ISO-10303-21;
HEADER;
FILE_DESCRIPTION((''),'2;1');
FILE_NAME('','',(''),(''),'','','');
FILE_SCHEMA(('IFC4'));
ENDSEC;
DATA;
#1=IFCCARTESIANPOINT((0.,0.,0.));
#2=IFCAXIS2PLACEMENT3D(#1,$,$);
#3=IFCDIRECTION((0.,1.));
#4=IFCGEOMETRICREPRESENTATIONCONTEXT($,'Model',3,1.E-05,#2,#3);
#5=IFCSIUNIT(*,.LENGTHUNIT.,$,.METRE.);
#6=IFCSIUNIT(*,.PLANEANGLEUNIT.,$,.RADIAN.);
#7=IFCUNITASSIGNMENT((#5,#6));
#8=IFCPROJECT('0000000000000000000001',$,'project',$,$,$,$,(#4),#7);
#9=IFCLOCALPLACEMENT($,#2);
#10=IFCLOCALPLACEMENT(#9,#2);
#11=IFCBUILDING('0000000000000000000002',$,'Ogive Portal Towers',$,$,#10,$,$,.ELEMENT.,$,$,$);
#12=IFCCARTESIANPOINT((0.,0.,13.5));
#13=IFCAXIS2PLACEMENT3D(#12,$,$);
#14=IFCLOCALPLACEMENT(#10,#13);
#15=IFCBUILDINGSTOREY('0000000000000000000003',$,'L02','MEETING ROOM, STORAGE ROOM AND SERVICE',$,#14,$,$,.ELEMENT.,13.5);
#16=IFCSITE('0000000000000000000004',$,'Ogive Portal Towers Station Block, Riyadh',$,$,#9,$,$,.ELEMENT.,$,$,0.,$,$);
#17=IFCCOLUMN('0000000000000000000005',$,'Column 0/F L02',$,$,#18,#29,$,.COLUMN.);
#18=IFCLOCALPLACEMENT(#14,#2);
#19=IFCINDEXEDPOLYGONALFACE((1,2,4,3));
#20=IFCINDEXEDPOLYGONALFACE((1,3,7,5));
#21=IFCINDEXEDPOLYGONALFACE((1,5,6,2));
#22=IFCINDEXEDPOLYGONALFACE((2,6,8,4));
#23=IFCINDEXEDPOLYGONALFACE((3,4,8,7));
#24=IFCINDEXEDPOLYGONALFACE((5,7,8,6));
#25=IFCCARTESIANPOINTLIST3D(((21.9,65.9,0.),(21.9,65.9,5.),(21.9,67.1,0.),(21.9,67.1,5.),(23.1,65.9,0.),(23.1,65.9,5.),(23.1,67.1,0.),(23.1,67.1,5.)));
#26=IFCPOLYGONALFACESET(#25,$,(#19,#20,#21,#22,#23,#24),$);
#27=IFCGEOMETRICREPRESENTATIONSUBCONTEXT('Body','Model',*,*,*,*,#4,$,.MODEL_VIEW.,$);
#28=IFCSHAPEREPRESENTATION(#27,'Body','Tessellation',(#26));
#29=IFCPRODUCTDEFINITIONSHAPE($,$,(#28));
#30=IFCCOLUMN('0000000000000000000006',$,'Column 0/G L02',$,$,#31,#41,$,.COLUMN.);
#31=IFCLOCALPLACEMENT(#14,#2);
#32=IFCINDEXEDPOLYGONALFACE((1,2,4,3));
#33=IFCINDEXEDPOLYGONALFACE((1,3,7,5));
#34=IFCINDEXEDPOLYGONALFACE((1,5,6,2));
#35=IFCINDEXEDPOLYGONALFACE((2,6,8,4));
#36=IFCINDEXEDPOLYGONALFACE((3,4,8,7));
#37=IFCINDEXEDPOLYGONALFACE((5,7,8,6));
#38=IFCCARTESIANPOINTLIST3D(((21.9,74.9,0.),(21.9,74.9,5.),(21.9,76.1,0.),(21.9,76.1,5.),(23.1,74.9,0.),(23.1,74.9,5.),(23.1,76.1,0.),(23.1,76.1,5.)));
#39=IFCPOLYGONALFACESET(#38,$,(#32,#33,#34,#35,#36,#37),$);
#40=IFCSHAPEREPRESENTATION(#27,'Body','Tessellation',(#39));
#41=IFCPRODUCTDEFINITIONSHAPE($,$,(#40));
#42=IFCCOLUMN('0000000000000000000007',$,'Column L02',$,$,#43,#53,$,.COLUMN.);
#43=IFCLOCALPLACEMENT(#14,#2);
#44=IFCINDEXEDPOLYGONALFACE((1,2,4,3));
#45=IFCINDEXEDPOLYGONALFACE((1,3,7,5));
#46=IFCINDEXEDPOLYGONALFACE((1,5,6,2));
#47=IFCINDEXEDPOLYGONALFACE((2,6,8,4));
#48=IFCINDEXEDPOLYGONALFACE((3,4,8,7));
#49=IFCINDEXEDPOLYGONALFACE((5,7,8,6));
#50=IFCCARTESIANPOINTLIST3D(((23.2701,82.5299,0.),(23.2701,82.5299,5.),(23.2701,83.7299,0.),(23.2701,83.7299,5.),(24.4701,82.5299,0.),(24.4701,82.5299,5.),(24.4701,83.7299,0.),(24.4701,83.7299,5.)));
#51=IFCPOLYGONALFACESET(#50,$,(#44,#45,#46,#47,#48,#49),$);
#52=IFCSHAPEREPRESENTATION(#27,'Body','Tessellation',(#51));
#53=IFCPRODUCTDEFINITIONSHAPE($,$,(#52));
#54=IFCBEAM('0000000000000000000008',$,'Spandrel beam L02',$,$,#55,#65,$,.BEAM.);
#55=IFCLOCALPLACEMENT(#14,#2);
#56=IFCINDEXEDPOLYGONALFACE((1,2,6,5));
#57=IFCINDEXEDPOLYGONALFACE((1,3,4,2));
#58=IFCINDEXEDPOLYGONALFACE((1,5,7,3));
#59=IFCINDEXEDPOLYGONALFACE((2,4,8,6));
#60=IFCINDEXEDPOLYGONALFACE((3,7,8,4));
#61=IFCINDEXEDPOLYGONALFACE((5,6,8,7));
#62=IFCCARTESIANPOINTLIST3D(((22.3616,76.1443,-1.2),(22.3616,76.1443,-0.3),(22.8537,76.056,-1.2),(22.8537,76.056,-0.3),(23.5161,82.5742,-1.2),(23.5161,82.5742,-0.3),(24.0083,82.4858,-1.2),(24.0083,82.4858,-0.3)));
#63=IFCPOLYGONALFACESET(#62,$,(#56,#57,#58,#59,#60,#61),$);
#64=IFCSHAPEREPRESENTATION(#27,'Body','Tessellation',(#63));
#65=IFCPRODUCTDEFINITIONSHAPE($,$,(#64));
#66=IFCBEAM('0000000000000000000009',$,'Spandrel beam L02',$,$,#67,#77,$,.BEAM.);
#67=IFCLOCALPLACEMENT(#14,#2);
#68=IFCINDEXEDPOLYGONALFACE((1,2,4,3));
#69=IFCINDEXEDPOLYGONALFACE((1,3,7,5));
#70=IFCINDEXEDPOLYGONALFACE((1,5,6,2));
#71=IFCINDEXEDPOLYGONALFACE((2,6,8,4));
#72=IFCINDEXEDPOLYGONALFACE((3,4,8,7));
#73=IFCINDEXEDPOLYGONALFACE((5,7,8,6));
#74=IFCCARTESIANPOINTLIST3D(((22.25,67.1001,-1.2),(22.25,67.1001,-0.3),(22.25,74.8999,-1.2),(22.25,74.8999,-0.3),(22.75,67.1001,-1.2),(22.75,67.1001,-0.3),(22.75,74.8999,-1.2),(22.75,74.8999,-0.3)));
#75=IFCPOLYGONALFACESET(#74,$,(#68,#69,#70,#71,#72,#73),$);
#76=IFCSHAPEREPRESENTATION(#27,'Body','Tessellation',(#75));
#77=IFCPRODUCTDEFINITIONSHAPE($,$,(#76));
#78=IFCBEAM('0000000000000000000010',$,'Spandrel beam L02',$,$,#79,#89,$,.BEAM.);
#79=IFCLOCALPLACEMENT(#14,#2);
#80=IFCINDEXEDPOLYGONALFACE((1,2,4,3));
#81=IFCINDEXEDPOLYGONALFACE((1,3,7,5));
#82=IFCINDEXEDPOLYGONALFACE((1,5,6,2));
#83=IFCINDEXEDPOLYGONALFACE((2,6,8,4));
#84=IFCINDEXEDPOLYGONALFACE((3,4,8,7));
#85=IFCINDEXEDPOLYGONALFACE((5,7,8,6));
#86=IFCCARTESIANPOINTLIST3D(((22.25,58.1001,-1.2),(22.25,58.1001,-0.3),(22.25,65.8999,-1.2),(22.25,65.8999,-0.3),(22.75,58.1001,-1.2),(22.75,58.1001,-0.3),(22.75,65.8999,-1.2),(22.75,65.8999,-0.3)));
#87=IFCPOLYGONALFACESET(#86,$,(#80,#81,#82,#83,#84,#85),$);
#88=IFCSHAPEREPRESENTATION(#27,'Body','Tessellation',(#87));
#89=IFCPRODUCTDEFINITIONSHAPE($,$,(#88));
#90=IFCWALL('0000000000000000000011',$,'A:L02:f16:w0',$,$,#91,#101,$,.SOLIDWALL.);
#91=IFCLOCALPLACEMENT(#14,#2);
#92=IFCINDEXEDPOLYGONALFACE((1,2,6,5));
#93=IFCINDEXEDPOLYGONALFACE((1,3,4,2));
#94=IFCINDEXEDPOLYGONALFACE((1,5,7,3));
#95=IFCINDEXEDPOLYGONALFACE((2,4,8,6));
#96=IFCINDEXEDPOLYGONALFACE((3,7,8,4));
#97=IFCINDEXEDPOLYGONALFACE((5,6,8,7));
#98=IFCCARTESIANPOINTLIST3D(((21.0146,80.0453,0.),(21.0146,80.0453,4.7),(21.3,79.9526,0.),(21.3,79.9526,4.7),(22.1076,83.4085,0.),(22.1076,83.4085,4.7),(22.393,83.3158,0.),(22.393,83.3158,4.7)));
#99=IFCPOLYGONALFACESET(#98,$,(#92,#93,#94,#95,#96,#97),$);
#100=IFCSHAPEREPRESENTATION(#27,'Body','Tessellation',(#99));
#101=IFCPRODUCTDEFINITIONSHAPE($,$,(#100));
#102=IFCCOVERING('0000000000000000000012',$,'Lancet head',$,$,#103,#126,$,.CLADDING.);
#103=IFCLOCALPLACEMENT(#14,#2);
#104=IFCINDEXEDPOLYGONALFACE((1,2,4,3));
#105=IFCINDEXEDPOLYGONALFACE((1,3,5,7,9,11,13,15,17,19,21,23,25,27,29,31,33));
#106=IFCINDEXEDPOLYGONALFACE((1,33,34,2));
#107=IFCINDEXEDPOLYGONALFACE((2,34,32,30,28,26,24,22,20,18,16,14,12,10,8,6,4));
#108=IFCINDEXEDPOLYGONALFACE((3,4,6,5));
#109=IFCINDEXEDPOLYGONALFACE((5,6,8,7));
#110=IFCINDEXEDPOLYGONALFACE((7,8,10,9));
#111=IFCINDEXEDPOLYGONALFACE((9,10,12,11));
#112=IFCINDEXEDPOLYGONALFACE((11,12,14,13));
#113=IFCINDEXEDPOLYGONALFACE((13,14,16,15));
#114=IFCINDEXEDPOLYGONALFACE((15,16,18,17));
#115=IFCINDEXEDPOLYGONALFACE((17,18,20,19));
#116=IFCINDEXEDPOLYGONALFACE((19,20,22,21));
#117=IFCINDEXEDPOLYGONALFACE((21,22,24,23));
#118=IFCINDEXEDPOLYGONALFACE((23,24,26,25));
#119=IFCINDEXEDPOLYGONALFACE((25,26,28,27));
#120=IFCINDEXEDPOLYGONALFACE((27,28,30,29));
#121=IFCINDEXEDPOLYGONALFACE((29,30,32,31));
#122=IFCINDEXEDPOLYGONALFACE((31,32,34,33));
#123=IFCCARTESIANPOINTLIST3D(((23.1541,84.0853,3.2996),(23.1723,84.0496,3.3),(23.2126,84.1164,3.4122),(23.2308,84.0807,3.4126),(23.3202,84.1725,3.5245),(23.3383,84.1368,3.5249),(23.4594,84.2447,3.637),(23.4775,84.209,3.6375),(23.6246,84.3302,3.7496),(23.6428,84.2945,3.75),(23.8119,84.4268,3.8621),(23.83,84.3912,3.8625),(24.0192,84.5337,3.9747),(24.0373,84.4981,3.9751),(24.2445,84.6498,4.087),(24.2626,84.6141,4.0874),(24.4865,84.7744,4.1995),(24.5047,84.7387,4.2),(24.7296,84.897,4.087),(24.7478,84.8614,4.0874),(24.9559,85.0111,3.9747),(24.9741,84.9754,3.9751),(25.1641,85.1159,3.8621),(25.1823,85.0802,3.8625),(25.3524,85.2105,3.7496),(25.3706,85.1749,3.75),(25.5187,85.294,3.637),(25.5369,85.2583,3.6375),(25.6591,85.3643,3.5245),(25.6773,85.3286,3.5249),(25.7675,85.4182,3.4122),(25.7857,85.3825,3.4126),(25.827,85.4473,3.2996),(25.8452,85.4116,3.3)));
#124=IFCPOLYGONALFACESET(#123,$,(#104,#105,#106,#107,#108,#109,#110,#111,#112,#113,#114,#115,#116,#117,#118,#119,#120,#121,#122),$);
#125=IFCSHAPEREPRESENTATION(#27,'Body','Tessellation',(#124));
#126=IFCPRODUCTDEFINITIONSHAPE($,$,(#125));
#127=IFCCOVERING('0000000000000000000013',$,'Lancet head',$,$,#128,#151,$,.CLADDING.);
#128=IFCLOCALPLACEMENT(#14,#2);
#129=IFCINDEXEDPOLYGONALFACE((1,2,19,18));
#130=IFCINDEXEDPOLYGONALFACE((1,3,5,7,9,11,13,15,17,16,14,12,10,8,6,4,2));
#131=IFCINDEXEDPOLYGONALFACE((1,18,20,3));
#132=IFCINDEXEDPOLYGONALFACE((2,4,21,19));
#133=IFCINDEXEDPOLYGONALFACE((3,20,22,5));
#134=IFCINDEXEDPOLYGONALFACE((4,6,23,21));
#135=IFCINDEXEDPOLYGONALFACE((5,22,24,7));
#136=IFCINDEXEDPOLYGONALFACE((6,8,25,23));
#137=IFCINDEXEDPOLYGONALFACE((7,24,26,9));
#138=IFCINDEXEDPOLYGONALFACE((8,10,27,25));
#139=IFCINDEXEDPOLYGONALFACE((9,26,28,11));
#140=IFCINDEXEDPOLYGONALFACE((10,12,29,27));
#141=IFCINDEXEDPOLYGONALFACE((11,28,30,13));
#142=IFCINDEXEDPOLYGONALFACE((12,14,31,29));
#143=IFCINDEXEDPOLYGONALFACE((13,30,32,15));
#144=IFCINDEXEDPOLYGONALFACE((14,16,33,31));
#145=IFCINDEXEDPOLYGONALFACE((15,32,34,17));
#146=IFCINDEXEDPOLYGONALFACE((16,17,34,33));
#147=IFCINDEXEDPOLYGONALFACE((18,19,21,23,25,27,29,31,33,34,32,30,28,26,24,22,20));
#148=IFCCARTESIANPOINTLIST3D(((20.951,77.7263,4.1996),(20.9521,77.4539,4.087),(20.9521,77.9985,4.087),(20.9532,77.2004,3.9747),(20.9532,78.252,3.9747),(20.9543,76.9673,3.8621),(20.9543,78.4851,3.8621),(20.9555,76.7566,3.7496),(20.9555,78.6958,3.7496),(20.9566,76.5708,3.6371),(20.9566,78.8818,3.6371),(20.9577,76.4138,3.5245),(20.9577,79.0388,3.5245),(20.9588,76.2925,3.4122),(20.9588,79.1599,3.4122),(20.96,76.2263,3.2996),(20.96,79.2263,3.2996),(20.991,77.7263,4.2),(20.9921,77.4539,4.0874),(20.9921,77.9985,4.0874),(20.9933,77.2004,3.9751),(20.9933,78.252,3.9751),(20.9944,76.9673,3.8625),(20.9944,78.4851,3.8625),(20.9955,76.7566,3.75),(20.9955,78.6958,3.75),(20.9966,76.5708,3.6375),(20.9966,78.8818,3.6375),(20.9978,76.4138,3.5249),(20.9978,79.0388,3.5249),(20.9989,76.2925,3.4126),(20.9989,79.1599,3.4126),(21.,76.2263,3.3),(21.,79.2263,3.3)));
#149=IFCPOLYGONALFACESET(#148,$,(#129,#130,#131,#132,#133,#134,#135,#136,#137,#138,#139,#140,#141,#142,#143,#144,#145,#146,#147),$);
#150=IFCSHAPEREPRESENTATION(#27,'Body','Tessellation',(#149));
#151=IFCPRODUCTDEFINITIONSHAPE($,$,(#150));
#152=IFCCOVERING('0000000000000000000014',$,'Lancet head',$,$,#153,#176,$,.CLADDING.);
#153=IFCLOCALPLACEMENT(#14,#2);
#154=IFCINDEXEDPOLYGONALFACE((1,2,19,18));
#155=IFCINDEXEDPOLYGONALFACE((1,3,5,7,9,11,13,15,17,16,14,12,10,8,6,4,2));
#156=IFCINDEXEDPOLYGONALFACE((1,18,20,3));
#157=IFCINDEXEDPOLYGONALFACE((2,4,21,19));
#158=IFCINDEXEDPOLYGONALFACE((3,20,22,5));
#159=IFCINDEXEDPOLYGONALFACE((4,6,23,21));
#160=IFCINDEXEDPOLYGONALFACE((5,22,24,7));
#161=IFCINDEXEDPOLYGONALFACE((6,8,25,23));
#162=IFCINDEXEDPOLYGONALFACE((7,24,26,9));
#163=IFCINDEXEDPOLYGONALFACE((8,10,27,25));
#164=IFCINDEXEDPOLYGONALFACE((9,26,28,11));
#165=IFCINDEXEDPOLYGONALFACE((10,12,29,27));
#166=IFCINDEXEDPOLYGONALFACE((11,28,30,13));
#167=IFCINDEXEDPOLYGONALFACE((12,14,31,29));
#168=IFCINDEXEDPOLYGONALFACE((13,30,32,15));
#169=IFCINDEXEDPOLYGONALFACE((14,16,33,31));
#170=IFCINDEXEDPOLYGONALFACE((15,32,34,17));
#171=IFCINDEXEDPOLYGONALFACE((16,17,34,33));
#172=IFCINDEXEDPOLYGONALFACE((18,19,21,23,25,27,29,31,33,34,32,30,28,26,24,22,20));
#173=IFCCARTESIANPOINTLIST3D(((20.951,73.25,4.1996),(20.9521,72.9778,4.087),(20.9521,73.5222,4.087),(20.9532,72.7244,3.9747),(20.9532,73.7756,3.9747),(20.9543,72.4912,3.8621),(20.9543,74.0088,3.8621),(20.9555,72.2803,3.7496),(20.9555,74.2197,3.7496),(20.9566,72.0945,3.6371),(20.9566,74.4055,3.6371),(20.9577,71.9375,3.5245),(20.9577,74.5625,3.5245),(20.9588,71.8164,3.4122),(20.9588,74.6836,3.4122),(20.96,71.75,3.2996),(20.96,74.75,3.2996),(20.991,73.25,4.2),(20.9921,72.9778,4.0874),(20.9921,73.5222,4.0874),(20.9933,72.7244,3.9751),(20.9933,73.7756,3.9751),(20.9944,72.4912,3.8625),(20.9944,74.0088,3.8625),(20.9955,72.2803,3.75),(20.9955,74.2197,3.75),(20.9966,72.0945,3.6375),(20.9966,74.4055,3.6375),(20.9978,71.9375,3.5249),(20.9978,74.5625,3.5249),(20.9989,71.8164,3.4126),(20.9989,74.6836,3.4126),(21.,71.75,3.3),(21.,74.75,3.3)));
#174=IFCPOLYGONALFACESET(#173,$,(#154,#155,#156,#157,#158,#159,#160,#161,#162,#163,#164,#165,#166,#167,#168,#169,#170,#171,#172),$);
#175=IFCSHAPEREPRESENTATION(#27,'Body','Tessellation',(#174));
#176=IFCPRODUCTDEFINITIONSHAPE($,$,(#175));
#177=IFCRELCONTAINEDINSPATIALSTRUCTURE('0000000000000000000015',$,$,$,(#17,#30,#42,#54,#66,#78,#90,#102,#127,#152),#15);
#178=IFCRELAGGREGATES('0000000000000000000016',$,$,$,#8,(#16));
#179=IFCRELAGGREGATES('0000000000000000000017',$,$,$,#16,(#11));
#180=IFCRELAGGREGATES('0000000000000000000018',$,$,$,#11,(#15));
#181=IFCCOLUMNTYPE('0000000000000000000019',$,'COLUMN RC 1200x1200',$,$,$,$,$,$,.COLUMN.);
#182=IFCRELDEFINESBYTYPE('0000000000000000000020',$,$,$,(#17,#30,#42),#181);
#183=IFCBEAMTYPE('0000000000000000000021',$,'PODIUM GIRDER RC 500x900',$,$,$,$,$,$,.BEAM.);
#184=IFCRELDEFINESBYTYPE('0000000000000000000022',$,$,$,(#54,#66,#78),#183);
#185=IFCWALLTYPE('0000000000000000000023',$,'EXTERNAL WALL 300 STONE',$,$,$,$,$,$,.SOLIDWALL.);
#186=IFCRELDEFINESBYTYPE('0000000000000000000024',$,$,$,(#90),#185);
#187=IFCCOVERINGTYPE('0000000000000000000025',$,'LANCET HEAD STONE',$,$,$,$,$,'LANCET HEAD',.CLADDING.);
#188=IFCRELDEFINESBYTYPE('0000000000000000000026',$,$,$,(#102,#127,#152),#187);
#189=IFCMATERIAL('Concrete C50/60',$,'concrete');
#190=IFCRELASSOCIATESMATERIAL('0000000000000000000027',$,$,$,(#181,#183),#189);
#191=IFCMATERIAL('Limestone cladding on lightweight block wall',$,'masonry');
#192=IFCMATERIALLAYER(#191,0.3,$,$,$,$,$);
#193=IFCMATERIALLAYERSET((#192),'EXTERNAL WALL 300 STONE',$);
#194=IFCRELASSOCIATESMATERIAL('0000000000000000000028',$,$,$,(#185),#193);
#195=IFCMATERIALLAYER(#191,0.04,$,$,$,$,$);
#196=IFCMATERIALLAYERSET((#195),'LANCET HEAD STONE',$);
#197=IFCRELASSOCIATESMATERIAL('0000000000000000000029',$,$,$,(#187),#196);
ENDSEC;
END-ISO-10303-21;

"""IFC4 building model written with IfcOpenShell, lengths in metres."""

from ifc_helpers import new_model, si_unit, direction, frame, frame_2d, origin, origin_2d, place, context, subcontext, project, spatial, polyline, rectangle, outline, extrude, material, layer, layer_set, material_profile, profile_set, type_object, element, save


model = new_model("IFC4")

# Units and contexts
model_context = context("Model", 3, precision=1e-05, world=origin(), true_north=direction((0.0, 1.0)))
body_context = subcontext(model_context, "Body", "Model", "MODEL_VIEW")
ifc_project = project(units=[si_unit("LENGTHUNIT", "METRE"), si_unit("PLANEANGLEUNIT", "RADIAN")], contexts=[model_context])

# Site, building, storey
site_placement = place(None, origin())
site = spatial("IfcSite", under=ifc_project, at=site_placement, Name="Ogive Portal Towers Station Block, Riyadh", CompositionType="ELEMENT", RefElevation=0.0)
building_placement = place(site_placement, origin())
building = spatial("IfcBuilding", under=site, at=building_placement, Name="Ogive Portal Towers", CompositionType="ELEMENT")
storey_placement = place(building_placement, frame((0.0, 0.0, 13.5)))
storey = spatial("IfcBuildingStorey", under=building, at=storey_placement, Name="L02", Description="MEETING ROOM, STORAGE ROOM AND SERVICE", CompositionType="ELEMENT", Elevation=13.5)

# Columns
ifc_material_1 = material(Name="Concrete C50/60", Category="concrete")
ifc_material_profile_1 = material_profile(ifc_material_1, rectangle(XDim=1.2, YDim=1.2, at=origin_2d()), Name="RC 1200x1200")
ifc_profile_set_1 = profile_set([ifc_material_profile_1], Name="Concrete C50/60")
column_type = type_object("IfcColumnType", Name="COLUMN RC 1200x1200", PredefinedType="COLUMN", material=ifc_profile_set_1)
for number, where, z_axis, x_axis, name in (
    (1, (22.5, 66.5, 0.0), (0.0, 0.0, 1.0), (1.0, 0.0, 0.0), "Column 0/F L02"),
    (2, (22.5, 75.5, 0.0), (0.0, 0.0, 1.0), (1.0, 0.0, 0.0), "Column 0/G L02"),
    (3, (23.8701, 83.1299, 0.0), (0.0, 0.0, 1.0), (1.0, 0.0, 0.0), "Column L02"),
):
    element("IfcColumn", number, at=place(storey_placement, frame(where, z_axis=z_axis, x_axis=x_axis)), inside=storey, type_object=column_type, Name=name, PredefinedType="COLUMN", context=body_context, shape_type="SweptSolid", body=[
        extrude(rectangle(XDim=1.2, YDim=1.2, at=origin_2d()), origin(), (0.0, 0.0, 1.0), 5.0),
    ])

# Beams
ifc_material_profile_2 = material_profile(ifc_material_1, rectangle(XDim=0.5, YDim=0.8999, at=origin_2d()), Name="RC 500x900")
ifc_profile_set_2 = profile_set([ifc_material_profile_2], Name="Concrete C50/60")
beam_type = type_object("IfcBeamType", Name="PODIUM GIRDER RC 500x900", PredefinedType="BEAM", material=ifc_profile_set_2)
beam_placement = place(storey_placement, frame((23.7622, 82.53, -0.75), z_axis=(-0.176731, -0.984259, 0.0), x_axis=(0.984259, -0.176731, 0.0)))
element("IfcBeam", 4, at=beam_placement, inside=storey, type_object=beam_type, Name="Spandrel beam L02", PredefinedType="BEAM", context=body_context, shape_type="SweptSolid", body=[
    extrude(rectangle(XDim=0.5, YDim=0.8999, at=origin_2d()), origin(), (0.0, 0.0, 1.0), 6.5327),
])
for number, where, z_axis, x_axis, name in (
    (5, (22.5, 74.8999, -0.75), (0.0, -1.0, 0.0), (1.0, 0.0, 0.0), "Spandrel beam L02"),
    (6, (22.5, 65.8999, -0.75), (0.0, -1.0, 0.0), (1.0, 0.0, 0.0), "Spandrel beam L02"),
):
    element("IfcBeam", number, at=place(storey_placement, frame(where, z_axis=z_axis, x_axis=x_axis)), inside=storey, type_object=beam_type, Name=name, PredefinedType="BEAM", context=body_context, shape_type="SweptSolid", body=[
        extrude(rectangle(XDim=0.5, YDim=0.8999, at=origin_2d()), origin(), (0.0, 0.0, 1.0), 7.7998),
    ])

# Wall
ifc_material_2 = material(Name="Limestone cladding on lightweight block wall", Category="masonry")
ifc_layer_1 = layer(ifc_material_2, 0.3)
ifc_layer_set_1 = layer_set([ifc_layer_1], Name="EXTERNAL WALL 300 STONE")
wall_type = type_object("IfcWallType", Name="EXTERNAL WALL 300 STONE", PredefinedType="SOLIDWALL", material=ifc_layer_set_1)
wall_1_placement = place(storey_placement, frame((22.2502, 83.3621, 0.0), z_axis=(0.0, 0.0, 1.0), x_axis=(-0.309074, -0.951038, 0.0)))
element("IfcWall", 7, at=wall_1_placement, inside=storey, type_object=wall_type, Name="A:L02:f16:w0", PredefinedType="SOLIDWALL", context=body_context, shape_type="SweptSolid", body=[
    extrude(rectangle(XDim=3.5364, YDim=0.3, at=frame_2d((1.7681, 0.0))), origin(), (0.0, 0.0, 1.0), 4.7),
])

# Coverings
ifc_layer_2 = layer(ifc_material_2, 0.04)
ifc_layer_set_2 = layer_set([ifc_layer_2], Name="LANCET HEAD STONE")
covering_type_1 = type_object("IfcCoveringType", Name="LANCET HEAD STONE", ElementType="LANCET HEAD", PredefinedType="CLADDING", material=ifc_layer_set_2)
covering_1_placement = place(storey_placement, frame((25.8452, 85.4116, 3.3), z_axis=(0.453987, -0.890951, 0.010108), x_axis=(-0.890997, -0.45401, 0.0)))
element("IfcCovering", 8, at=covering_1_placement, inside=storey, type_object=covering_type_1, Name="Lancet head", PredefinedType="CLADDING", context=body_context, shape_type="SweptSolid", body=[
    extrude(outline(polyline([(0.0, 0.0), (2.9999, 0.0), (2.9337, -0.1126), (2.8124, -0.2249), (2.6556, -0.3374), (2.4695, -0.45), (2.2588, -0.5625), (2.0256, -0.6751), (1.7721, -0.7874), (1.4999, -0.8999), (1.2276, -0.7874), (0.9742, -0.6751), (0.7411, -0.5625), (0.5304, -0.45), (0.3443, -0.3374), (0.1873, -0.2249), (0.0663, -0.1126), (0.0, 0.0)])), origin(), (0.0, 0.0, -1.0), 0.04),
])
covering_2_placement = place(storey_placement, frame((21.0, 79.2263, 3.3), z_axis=(0.99995, 0.0, 0.009994), x_axis=(0.0, -1.0, 0.0)))
element("IfcCovering", 9, at=covering_2_placement, inside=storey, type_object=covering_type_1, Name="Lancet head", PredefinedType="CLADDING", context=body_context, shape_type="SweptSolid", body=[
    extrude(outline(polyline([(0.0, 0.0), (3.0, 0.0), (2.9338, -0.1126), (2.8125, -0.2249), (2.6555, -0.3374), (2.4697, -0.45), (2.259, -0.5625), (2.0259, -0.6751), (1.7725, -0.7874), (1.5, -0.8999), (1.2278, -0.7874), (0.9744, -0.6751), (0.7412, -0.5625), (0.5305, -0.45), (0.3445, -0.3374), (0.1875, -0.2249), (0.0664, -0.1126), (0.0, 0.0)])), origin(), (0.0, 0.0, -1.0), 0.04),
])
for number, where, z_axis, x_axis, name in (
    (10, (21.0, 74.75, 3.3), (0.99995, 0.0, 0.009994), (0.0, -1.0, 0.0), "Lancet head"),
):
    element("IfcCovering", number, at=place(storey_placement, frame(where, z_axis=z_axis, x_axis=x_axis)), inside=storey, type_object=covering_type_1, Name=name, PredefinedType="CLADDING", context=body_context, shape_type="SweptSolid", body=[
        extrude(outline(polyline([(0.0, 0.0), (3.0, 0.0), (2.9336, -0.1126), (2.8125, -0.2249), (2.6555, -0.3374), (2.4697, -0.45), (2.2588, -0.5625), (2.0256, -0.6751), (1.7722, -0.7874), (1.5, -0.8999), (1.2278, -0.7874), (0.9744, -0.6751), (0.7412, -0.5625), (0.5303, -0.45), (0.3445, -0.3374), (0.1875, -0.2249), (0.0664, -0.1126), (0.0, 0.0)])), origin(), (0.0, 0.0, -1.0), 0.04),
    ])

save(model, "model.ifc")
